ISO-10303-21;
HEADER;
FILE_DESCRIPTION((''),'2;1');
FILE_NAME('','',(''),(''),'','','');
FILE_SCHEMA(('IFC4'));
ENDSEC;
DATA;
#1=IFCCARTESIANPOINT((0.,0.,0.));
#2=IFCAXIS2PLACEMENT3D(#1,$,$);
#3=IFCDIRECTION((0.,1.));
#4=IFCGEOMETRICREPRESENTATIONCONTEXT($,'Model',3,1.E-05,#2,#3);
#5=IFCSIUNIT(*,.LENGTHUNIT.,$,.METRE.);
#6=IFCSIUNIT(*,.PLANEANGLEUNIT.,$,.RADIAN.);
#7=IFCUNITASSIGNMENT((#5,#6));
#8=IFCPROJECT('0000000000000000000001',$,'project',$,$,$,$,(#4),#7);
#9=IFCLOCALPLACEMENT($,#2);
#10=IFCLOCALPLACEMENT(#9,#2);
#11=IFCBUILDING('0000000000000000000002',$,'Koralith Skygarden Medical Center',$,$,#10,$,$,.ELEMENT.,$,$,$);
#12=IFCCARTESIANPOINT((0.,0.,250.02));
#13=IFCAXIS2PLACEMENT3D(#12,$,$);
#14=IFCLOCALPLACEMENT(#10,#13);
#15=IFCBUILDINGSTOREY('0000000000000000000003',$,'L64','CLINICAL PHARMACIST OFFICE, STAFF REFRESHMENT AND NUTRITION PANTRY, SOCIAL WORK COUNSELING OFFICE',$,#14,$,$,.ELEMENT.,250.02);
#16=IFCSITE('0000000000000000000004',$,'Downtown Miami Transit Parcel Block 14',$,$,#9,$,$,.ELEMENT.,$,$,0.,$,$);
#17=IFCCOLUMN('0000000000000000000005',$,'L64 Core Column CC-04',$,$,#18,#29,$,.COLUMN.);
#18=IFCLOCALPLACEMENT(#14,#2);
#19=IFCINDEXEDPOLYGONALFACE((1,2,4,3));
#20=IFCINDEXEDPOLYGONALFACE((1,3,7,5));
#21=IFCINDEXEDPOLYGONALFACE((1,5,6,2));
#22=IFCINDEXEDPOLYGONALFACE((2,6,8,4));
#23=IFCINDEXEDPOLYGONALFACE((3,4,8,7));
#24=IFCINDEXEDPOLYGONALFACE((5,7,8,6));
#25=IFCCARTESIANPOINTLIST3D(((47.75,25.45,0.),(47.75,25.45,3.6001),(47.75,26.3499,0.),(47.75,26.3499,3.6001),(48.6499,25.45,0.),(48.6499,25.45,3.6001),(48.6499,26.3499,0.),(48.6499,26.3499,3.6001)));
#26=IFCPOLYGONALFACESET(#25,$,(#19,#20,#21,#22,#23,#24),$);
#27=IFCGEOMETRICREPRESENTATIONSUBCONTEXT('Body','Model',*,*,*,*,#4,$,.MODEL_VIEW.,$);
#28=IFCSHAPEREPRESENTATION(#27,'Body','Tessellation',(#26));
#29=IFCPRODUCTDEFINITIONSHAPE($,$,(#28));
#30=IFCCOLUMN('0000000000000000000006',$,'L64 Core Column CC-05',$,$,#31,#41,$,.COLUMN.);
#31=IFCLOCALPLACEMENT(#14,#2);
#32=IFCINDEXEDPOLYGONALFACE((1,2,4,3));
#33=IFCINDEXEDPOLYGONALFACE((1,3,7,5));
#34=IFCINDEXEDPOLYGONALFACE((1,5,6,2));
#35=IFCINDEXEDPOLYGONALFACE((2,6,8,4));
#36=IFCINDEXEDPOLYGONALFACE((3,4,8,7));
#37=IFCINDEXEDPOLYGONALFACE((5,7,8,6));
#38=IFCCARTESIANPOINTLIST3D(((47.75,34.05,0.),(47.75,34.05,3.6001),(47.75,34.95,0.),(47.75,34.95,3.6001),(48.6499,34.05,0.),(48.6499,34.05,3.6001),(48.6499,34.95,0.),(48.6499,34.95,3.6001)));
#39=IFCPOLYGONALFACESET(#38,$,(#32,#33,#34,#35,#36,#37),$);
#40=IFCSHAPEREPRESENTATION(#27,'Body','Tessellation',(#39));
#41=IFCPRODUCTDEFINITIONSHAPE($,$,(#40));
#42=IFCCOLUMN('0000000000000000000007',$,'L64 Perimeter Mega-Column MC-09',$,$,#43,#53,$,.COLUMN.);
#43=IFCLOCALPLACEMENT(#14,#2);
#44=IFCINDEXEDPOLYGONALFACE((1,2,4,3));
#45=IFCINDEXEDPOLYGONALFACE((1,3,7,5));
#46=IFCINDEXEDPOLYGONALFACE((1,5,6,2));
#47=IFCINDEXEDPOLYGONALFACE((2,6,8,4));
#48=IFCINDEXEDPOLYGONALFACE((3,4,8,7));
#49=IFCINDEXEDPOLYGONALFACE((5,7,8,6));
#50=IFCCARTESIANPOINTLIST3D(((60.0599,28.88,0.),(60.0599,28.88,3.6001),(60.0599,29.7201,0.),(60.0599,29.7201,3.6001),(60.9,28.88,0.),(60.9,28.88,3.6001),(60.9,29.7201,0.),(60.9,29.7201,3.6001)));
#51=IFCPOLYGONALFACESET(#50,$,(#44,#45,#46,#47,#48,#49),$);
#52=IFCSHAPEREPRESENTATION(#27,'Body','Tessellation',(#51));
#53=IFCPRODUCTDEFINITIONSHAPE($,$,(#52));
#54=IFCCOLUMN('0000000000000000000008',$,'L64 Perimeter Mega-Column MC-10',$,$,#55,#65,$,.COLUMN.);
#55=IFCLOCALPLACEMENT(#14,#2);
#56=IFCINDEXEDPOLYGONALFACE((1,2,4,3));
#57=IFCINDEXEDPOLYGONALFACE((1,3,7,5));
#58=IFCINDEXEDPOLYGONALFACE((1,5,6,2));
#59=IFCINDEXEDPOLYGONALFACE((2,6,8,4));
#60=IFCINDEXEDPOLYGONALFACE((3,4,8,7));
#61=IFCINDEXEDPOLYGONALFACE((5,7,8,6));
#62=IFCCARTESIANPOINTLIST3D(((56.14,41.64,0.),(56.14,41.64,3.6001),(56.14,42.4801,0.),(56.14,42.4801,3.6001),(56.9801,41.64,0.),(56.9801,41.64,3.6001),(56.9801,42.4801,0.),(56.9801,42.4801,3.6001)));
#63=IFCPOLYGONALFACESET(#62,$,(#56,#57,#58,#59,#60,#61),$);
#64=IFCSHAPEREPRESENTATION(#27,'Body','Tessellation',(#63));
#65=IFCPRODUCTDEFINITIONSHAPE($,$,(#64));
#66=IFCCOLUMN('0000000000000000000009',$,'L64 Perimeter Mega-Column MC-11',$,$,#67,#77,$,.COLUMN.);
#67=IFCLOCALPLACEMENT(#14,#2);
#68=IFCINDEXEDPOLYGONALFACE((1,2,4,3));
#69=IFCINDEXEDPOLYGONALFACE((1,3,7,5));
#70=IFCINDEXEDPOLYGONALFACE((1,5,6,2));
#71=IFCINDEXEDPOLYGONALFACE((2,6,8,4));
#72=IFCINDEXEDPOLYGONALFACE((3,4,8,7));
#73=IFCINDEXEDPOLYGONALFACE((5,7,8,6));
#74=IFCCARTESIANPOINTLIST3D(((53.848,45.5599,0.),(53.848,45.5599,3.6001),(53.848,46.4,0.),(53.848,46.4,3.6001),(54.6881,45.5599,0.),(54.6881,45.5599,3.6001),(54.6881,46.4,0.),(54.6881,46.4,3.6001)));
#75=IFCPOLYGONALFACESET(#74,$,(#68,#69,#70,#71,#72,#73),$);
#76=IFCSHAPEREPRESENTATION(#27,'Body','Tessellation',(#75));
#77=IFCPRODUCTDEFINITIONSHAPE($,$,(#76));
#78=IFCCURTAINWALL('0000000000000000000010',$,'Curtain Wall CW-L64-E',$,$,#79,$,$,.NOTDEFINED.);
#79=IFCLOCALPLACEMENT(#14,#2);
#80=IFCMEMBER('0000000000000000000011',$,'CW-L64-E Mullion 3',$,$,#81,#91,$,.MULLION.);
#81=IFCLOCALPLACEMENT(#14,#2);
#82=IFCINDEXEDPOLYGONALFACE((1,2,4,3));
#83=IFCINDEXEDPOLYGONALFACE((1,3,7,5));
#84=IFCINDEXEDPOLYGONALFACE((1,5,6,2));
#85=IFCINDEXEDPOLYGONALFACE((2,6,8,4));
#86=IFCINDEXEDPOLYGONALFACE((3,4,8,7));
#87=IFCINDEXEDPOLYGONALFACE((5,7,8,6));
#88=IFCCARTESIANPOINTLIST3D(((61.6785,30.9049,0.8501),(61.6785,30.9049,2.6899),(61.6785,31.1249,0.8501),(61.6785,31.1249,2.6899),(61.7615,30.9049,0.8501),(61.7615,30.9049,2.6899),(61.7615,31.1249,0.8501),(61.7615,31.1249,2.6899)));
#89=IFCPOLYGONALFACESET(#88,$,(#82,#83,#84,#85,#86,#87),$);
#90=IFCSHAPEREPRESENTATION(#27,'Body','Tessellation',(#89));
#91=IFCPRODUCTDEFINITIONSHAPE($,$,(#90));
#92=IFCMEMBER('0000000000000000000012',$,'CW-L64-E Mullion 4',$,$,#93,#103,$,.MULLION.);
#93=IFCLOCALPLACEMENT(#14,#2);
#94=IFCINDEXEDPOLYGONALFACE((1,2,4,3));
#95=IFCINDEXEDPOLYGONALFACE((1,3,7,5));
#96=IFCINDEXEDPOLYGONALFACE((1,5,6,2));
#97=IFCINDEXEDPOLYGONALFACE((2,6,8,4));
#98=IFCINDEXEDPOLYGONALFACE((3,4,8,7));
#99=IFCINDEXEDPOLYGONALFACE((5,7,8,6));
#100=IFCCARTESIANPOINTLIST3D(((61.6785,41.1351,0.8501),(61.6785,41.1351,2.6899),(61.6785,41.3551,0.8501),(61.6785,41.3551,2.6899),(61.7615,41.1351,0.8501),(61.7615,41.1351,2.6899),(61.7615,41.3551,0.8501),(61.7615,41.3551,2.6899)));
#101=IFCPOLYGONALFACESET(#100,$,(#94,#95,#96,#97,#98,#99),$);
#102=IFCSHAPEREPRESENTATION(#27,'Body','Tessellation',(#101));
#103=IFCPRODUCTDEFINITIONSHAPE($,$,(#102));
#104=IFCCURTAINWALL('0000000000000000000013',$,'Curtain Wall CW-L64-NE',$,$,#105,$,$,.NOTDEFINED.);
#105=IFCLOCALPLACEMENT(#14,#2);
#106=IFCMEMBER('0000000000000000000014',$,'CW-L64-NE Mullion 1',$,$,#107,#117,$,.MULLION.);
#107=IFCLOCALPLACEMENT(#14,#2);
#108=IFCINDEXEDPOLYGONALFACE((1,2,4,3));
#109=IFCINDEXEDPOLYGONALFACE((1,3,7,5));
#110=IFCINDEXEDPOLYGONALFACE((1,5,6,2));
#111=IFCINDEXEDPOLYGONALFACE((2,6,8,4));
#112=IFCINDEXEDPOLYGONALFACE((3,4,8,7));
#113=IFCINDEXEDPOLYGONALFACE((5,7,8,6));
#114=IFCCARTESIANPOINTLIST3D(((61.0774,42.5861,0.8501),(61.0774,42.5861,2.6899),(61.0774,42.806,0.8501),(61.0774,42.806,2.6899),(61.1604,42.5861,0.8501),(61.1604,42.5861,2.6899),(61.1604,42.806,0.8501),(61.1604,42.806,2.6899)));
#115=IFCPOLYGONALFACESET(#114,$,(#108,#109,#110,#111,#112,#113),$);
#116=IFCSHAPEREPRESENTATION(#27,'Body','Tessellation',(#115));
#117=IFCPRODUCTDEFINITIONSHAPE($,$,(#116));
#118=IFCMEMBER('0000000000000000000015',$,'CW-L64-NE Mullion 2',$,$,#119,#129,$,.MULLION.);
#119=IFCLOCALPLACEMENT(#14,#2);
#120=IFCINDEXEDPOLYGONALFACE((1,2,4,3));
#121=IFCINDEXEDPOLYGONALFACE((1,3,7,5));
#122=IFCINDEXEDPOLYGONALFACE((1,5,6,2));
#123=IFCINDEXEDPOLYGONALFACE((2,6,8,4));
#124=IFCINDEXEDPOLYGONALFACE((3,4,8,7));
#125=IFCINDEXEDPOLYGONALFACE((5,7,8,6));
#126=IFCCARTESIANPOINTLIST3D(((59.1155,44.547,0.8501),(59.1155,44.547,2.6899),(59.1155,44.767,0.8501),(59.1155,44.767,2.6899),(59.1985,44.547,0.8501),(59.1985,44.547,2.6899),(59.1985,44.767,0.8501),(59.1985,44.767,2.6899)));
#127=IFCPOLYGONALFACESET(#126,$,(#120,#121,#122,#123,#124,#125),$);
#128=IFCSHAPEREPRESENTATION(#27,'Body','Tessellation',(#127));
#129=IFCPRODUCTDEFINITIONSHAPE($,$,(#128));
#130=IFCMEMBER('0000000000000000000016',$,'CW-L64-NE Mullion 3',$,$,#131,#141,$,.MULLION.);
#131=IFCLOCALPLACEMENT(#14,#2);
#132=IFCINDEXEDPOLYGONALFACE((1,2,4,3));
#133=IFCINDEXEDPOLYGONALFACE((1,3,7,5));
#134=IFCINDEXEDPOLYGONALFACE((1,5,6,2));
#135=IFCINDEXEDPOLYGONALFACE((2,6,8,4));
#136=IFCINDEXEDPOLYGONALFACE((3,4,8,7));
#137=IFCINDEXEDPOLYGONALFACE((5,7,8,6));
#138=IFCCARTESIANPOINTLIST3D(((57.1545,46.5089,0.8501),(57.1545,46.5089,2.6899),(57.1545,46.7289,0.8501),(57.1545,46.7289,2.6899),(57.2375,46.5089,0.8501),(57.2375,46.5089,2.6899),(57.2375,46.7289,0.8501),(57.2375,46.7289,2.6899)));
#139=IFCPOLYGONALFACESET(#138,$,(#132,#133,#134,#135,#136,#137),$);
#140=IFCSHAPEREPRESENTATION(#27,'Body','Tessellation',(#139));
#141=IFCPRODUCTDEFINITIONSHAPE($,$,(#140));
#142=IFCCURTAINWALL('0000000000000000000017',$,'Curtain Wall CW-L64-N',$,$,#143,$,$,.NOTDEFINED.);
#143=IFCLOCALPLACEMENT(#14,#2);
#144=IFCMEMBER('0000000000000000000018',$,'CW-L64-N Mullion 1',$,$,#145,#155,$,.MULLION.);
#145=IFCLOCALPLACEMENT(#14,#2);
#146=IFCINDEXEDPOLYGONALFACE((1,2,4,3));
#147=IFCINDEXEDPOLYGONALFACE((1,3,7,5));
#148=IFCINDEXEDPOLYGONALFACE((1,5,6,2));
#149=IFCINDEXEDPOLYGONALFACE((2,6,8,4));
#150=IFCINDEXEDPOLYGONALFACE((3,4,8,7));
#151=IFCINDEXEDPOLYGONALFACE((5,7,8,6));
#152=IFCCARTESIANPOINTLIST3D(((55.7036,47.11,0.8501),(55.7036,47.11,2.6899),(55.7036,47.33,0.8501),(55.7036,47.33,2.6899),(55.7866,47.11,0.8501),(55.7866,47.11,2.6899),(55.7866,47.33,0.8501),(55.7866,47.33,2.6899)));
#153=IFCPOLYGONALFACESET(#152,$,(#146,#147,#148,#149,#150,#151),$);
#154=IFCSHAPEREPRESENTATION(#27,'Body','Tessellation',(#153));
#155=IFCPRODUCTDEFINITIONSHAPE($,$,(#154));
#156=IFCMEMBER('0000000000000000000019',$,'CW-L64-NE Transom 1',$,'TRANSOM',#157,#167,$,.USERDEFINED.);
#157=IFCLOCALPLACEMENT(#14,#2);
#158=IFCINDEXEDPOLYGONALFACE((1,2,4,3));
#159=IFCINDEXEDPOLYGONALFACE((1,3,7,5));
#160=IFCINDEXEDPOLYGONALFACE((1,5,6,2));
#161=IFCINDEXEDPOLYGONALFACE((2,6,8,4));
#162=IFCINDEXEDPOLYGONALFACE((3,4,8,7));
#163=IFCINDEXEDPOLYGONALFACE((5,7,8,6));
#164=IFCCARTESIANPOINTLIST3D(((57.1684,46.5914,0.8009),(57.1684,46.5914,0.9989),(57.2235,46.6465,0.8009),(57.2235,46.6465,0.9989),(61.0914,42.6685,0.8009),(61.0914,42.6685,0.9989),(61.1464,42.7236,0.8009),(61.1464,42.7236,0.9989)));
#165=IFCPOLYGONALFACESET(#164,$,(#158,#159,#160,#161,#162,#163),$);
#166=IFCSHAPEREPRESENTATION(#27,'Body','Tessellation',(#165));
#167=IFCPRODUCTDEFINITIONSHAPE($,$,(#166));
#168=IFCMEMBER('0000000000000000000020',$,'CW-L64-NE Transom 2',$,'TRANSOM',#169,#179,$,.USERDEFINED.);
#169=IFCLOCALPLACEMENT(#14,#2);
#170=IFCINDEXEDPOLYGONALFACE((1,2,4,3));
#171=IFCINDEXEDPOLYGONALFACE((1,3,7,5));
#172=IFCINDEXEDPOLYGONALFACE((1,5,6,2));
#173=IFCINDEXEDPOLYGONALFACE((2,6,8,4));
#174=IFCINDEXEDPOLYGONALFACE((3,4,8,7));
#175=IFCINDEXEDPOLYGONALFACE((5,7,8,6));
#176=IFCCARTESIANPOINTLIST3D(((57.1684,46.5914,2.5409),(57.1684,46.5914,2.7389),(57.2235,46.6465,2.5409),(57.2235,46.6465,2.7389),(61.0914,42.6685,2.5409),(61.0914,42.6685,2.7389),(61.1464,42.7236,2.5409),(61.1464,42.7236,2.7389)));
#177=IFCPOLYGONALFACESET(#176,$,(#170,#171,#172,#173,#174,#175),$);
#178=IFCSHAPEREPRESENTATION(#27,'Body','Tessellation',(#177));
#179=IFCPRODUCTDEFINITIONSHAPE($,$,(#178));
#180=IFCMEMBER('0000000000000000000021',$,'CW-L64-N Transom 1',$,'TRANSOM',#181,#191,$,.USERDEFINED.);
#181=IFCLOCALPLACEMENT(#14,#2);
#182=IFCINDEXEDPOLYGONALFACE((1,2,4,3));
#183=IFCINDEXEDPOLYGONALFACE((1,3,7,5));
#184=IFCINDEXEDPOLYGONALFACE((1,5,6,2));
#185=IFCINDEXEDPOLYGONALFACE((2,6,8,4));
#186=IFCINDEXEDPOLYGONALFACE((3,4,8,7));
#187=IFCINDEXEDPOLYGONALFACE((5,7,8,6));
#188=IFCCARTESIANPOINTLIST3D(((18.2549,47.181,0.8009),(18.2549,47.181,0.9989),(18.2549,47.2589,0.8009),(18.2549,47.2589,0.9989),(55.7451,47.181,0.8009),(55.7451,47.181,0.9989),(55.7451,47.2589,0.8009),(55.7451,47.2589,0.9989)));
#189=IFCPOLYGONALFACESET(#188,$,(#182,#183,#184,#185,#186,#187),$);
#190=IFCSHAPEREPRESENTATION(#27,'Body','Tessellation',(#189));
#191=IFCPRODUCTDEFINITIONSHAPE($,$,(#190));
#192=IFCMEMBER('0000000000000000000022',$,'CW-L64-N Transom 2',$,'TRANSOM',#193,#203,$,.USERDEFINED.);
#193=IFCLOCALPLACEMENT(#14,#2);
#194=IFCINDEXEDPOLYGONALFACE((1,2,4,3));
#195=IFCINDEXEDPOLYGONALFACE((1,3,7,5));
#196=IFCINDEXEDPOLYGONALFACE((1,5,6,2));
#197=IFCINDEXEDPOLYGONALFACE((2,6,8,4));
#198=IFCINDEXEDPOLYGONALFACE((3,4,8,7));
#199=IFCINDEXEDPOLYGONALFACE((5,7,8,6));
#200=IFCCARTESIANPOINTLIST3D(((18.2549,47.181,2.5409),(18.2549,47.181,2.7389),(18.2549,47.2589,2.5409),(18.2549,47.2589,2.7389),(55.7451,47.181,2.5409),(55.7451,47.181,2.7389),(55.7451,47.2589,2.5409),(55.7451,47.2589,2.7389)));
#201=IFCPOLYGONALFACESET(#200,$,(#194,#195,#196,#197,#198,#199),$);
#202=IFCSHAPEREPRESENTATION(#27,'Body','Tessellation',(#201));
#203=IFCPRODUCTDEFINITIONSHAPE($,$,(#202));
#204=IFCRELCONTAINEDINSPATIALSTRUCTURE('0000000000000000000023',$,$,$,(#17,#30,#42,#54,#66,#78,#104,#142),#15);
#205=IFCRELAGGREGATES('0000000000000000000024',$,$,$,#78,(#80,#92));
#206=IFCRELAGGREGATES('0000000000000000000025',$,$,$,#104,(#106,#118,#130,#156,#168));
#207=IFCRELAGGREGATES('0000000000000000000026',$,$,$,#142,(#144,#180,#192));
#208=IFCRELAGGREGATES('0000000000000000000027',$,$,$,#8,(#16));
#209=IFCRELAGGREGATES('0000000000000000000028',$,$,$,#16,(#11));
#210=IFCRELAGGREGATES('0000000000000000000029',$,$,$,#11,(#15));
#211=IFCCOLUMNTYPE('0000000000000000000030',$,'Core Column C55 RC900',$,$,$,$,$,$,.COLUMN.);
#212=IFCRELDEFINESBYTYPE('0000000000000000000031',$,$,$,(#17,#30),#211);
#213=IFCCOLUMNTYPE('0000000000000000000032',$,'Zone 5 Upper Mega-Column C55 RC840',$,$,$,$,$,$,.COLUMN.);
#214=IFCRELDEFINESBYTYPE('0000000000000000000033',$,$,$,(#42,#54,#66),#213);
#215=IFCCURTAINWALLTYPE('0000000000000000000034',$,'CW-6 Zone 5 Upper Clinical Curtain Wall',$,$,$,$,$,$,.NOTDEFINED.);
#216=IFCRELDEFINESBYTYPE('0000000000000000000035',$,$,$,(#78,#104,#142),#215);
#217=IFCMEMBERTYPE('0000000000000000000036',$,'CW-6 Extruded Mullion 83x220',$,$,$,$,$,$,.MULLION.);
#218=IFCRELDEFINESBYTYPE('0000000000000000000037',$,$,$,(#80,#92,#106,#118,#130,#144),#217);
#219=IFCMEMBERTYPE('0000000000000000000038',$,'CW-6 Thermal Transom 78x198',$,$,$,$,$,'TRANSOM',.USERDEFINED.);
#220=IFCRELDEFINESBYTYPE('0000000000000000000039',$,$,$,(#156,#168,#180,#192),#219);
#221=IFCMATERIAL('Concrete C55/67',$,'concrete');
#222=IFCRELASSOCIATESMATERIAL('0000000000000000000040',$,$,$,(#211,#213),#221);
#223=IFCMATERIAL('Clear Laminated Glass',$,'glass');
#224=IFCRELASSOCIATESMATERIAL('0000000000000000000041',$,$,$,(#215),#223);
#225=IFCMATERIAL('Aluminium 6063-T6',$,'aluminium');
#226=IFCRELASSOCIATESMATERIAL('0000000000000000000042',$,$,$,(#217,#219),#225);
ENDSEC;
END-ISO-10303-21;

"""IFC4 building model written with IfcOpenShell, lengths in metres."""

from ifc_helpers import new_model, si_unit, direction, frame, origin, origin_2d, place, context, subcontext, project, spatial, rectangle, extrude, material, material_profile, profile_set, type_object, element, aggregate, save


model = new_model("IFC4")

# Units and contexts
model_context = context("Model", 3, precision=1e-05, world=origin(), true_north=direction((0.0, 1.0)))
body_context = subcontext(model_context, "Body", "Model", "MODEL_VIEW")
ifc_project = project(units=[si_unit("LENGTHUNIT", "METRE"), si_unit("PLANEANGLEUNIT", "RADIAN")], contexts=[model_context])

# Site, building, storey
site_placement = place(None, origin())
site = spatial("IfcSite", under=ifc_project, at=site_placement, Name="Downtown Miami Transit Parcel Block 14", CompositionType="ELEMENT", RefElevation=0.0)
building_placement = place(site_placement, origin())
building = spatial("IfcBuilding", under=site, at=building_placement, Name="Koralith Skygarden Medical Center", CompositionType="ELEMENT")
storey_placement = place(building_placement, frame((0.0, 0.0, 250.02)))
storey = spatial("IfcBuildingStorey", under=building, at=storey_placement, Name="L64", Description="CLINICAL PHARMACIST OFFICE, STAFF REFRESHMENT AND NUTRITION PANTRY, SOCIAL WORK COUNSELING OFFICE", CompositionType="ELEMENT", Elevation=250.02)

# Columns
ifc_material_1 = material(Name="Concrete C55/67", Category="concrete")
ifc_material_profile_1 = material_profile(ifc_material_1, rectangle(XDim=0.8999, YDim=0.8999, at=origin_2d()), Name="RC900X900")
ifc_profile_set_1 = profile_set([ifc_material_profile_1], Name="Concrete C55/67")
column_type_1 = type_object("IfcColumnType", Name="Core Column C55 RC900", PredefinedType="COLUMN", material=ifc_profile_set_1)
for number, where, z_axis, x_axis, name in (
    (1, (48.2, 25.8999, 0.0), (0.0, 0.0, 1.0), (1.0, 0.0, 0.0), "L64 Core Column CC-04"),
    (2, (48.2, 34.5, 0.0), (0.0, 0.0, 1.0), (1.0, 0.0, 0.0), "L64 Core Column CC-05"),
):
    element("IfcColumn", number, at=place(storey_placement, frame(where, z_axis=z_axis, x_axis=x_axis)), inside=storey, type_object=column_type_1, Name=name, PredefinedType="COLUMN", context=body_context, shape_type="SweptSolid", body=[
        extrude(rectangle(XDim=0.8999, YDim=0.8999, at=origin_2d()), origin(), (0.0, 0.0, 1.0), 3.6001),
    ])
ifc_material_profile_2 = material_profile(ifc_material_1, rectangle(XDim=0.8401, YDim=0.8401, at=origin_2d()), Name="RC840X840")
ifc_profile_set_2 = profile_set([ifc_material_profile_2], Name="Concrete C55/67")
column_type_2 = type_object("IfcColumnType", Name="Zone 5 Upper Mega-Column C55 RC840", PredefinedType="COLUMN", material=ifc_profile_set_2)
for number, where, z_axis, x_axis, name in (
    (3, (60.48, 29.3, 0.0), (0.0, 0.0, 1.0), (1.0, 0.0, 0.0), "L64 Perimeter Mega-Column MC-09"),
    (4, (56.5601, 42.0601, 0.0), (0.0, 0.0, 1.0), (1.0, 0.0, 0.0), "L64 Perimeter Mega-Column MC-10"),
    (5, (54.2681, 45.98, 0.0), (0.0, 0.0, 1.0), (1.0, 0.0, 0.0), "L64 Perimeter Mega-Column MC-11"),
):
    element("IfcColumn", number, at=place(storey_placement, frame(where, z_axis=z_axis, x_axis=x_axis)), inside=storey, type_object=column_type_2, Name=name, PredefinedType="COLUMN", context=body_context, shape_type="SweptSolid", body=[
        extrude(rectangle(XDim=0.8401, YDim=0.8401, at=origin_2d()), origin(), (0.0, 0.0, 1.0), 3.6001),
    ])

# Curtain walls, members
ifc_material_2 = material(Name="Clear Laminated Glass", Category="glass")
curtain_wall_type = type_object("IfcCurtainWallType", Name="CW-6 Zone 5 Upper Clinical Curtain Wall", PredefinedType="NOTDEFINED", material=ifc_material_2)
curtain_wall_1_placement = place(storey_placement, origin())
curtain_wall_1 = element("IfcCurtainWall", 6, at=curtain_wall_1_placement, inside=storey, type_object=curtain_wall_type, Name="Curtain Wall CW-L64-E", PredefinedType="NOTDEFINED")
ifc_material_3 = material(Name="Aluminium 6063-T6", Category="aluminium")
ifc_material_profile_3 = material_profile(ifc_material_3, rectangle(XDim=0.083, YDim=0.22, at=origin_2d()), Name="MUL83X220")
ifc_profile_set_3 = profile_set([ifc_material_profile_3], Name="Aluminium 6063-T6")
member_type_1 = type_object("IfcMemberType", Name="CW-6 Extruded Mullion 83x220", PredefinedType="MULLION", material=ifc_profile_set_3)
member_1_placement = place(storey_placement, frame((61.72, 31.0149, 0.8501), z_axis=(0.0, 0.0, 1.0), x_axis=(1.0, 0.0, 0.0)))
member_1 = element("IfcMember", 7, at=member_1_placement, type_object=member_type_1, Name="CW-L64-E Mullion 3", PredefinedType="MULLION", context=body_context, shape_type="SweptSolid", body=[
    extrude(rectangle(XDim=0.083, YDim=0.22, at=origin_2d()), origin(), (0.0, 0.0, 1.0), 1.8398),
])
member_2_placement = place(storey_placement, frame((61.72, 41.2451, 0.8501), z_axis=(0.0, 0.0, 1.0), x_axis=(1.0, 0.0, 0.0)))
member_2 = element("IfcMember", 8, at=member_2_placement, type_object=member_type_1, Name="CW-L64-E Mullion 4", PredefinedType="MULLION", context=body_context, shape_type="SweptSolid", body=[
    extrude(rectangle(XDim=0.083, YDim=0.22, at=origin_2d()), origin(), (0.0, 0.0, 1.0), 1.8398),
])
curtain_wall_2_placement = place(storey_placement, origin())
curtain_wall_2 = element("IfcCurtainWall", 9, at=curtain_wall_2_placement, inside=storey, type_object=curtain_wall_type, Name="Curtain Wall CW-L64-NE", PredefinedType="NOTDEFINED")
member_3_placement = place(storey_placement, frame((61.1189, 42.696, 0.8501), z_axis=(0.0, 0.0, 1.0), x_axis=(1.0, 0.0, 0.0)))
member_3 = element("IfcMember", 10, at=member_3_placement, type_object=member_type_1, Name="CW-L64-NE Mullion 1", PredefinedType="MULLION", context=body_context, shape_type="SweptSolid", body=[
    extrude(rectangle(XDim=0.083, YDim=0.22, at=origin_2d()), origin(), (0.0, 0.0, 1.0), 1.8398),
])
member_4_placement = place(storey_placement, frame((59.157, 44.657, 0.8501), z_axis=(0.0, 0.0, 1.0), x_axis=(1.0, 0.0, 0.0)))
member_4 = element("IfcMember", 11, at=member_4_placement, type_object=member_type_1, Name="CW-L64-NE Mullion 2", PredefinedType="MULLION", context=body_context, shape_type="SweptSolid", body=[
    extrude(rectangle(XDim=0.083, YDim=0.22, at=origin_2d()), origin(), (0.0, 0.0, 1.0), 1.8398),
])
member_5_placement = place(storey_placement, frame((57.196, 46.6189, 0.8501), z_axis=(0.0, 0.0, 1.0), x_axis=(1.0, 0.0, 0.0)))
member_5 = element("IfcMember", 12, at=member_5_placement, type_object=member_type_1, Name="CW-L64-NE Mullion 3", PredefinedType="MULLION", context=body_context, shape_type="SweptSolid", body=[
    extrude(rectangle(XDim=0.083, YDim=0.22, at=origin_2d()), origin(), (0.0, 0.0, 1.0), 1.8398),
])

# Curtain wall, member
curtain_wall_3_placement = place(storey_placement, origin())
curtain_wall_3 = element("IfcCurtainWall", 13, at=curtain_wall_3_placement, inside=storey, type_object=curtain_wall_type, Name="Curtain Wall CW-L64-N", PredefinedType="NOTDEFINED")
member_6_placement = place(storey_placement, frame((55.7451, 47.22, 0.8501), z_axis=(0.0, 0.0, 1.0), x_axis=(1.0, 0.0, 0.0)))
member_6 = element("IfcMember", 14, at=member_6_placement, type_object=member_type_1, Name="CW-L64-N Mullion 1", PredefinedType="MULLION", context=body_context, shape_type="SweptSolid", body=[
    extrude(rectangle(XDim=0.083, YDim=0.22, at=origin_2d()), origin(), (0.0, 0.0, 1.0), 1.8398),
])

# Members
ifc_material_profile_4 = material_profile(ifc_material_3, rectangle(XDim=0.0779, YDim=0.198, at=origin_2d()), Name="TRN78X198")
ifc_profile_set_4 = profile_set([ifc_material_profile_4], Name="Aluminium 6063-T6")
member_type_2 = type_object("IfcMemberType", Name="CW-6 Thermal Transom 78x198", ElementType="TRANSOM", PredefinedType="USERDEFINED", material=ifc_profile_set_4)
member_7_placement = place(storey_placement, frame((61.1189, 42.696, 0.8999), z_axis=(-0.707107, 0.707107, 0.0), x_axis=(-0.707107, -0.707107, 0.0)))
member_7 = element("IfcMember", 15, at=member_7_placement, type_object=member_type_2, Name="CW-L64-NE Transom 1", ObjectType="TRANSOM", PredefinedType="USERDEFINED", context=body_context, shape_type="SweptSolid", body=[
    extrude(rectangle(XDim=0.0779, YDim=0.198, at=origin_2d()), origin(), (0.0, 0.0, 1.0), 5.5479),
])
member_8_placement = place(storey_placement, frame((61.1189, 42.696, 2.6399), z_axis=(-0.707107, 0.707107, 0.0), x_axis=(-0.707107, -0.707107, 0.0)))
member_8 = element("IfcMember", 16, at=member_8_placement, type_object=member_type_2, Name="CW-L64-NE Transom 2", ObjectType="TRANSOM", PredefinedType="USERDEFINED", context=body_context, shape_type="SweptSolid", body=[
    extrude(rectangle(XDim=0.0779, YDim=0.198, at=origin_2d()), origin(), (0.0, 0.0, 1.0), 5.5479),
])
member_9_placement = place(storey_placement, frame((55.7451, 47.22, 0.8999), z_axis=(-1.0, 0.0, 0.0), x_axis=(0.0, -1.0, 0.0)))
member_9 = element("IfcMember", 17, at=member_9_placement, type_object=member_type_2, Name="CW-L64-N Transom 1", ObjectType="TRANSOM", PredefinedType="USERDEFINED", context=body_context, shape_type="SweptSolid", body=[
    extrude(rectangle(XDim=0.0779, YDim=0.198, at=origin_2d()), origin(), (0.0, 0.0, 1.0), 37.4902),
])
member_10_placement = place(storey_placement, frame((55.7451, 47.22, 2.6399), z_axis=(-1.0, 0.0, 0.0), x_axis=(0.0, -1.0, 0.0)))
member_10 = element("IfcMember", 18, at=member_10_placement, type_object=member_type_2, Name="CW-L64-N Transom 2", ObjectType="TRANSOM", PredefinedType="USERDEFINED", context=body_context, shape_type="SweptSolid", body=[
    extrude(rectangle(XDim=0.0779, YDim=0.198, at=origin_2d()), origin(), (0.0, 0.0, 1.0), 37.4902),
])

aggregate(curtain_wall_1, [member_1, member_2])
aggregate(curtain_wall_2, [member_3, member_4, member_5, member_7, member_8])
aggregate(curtain_wall_3, [member_6, member_9, member_10])

save(model, "model.ifc")
